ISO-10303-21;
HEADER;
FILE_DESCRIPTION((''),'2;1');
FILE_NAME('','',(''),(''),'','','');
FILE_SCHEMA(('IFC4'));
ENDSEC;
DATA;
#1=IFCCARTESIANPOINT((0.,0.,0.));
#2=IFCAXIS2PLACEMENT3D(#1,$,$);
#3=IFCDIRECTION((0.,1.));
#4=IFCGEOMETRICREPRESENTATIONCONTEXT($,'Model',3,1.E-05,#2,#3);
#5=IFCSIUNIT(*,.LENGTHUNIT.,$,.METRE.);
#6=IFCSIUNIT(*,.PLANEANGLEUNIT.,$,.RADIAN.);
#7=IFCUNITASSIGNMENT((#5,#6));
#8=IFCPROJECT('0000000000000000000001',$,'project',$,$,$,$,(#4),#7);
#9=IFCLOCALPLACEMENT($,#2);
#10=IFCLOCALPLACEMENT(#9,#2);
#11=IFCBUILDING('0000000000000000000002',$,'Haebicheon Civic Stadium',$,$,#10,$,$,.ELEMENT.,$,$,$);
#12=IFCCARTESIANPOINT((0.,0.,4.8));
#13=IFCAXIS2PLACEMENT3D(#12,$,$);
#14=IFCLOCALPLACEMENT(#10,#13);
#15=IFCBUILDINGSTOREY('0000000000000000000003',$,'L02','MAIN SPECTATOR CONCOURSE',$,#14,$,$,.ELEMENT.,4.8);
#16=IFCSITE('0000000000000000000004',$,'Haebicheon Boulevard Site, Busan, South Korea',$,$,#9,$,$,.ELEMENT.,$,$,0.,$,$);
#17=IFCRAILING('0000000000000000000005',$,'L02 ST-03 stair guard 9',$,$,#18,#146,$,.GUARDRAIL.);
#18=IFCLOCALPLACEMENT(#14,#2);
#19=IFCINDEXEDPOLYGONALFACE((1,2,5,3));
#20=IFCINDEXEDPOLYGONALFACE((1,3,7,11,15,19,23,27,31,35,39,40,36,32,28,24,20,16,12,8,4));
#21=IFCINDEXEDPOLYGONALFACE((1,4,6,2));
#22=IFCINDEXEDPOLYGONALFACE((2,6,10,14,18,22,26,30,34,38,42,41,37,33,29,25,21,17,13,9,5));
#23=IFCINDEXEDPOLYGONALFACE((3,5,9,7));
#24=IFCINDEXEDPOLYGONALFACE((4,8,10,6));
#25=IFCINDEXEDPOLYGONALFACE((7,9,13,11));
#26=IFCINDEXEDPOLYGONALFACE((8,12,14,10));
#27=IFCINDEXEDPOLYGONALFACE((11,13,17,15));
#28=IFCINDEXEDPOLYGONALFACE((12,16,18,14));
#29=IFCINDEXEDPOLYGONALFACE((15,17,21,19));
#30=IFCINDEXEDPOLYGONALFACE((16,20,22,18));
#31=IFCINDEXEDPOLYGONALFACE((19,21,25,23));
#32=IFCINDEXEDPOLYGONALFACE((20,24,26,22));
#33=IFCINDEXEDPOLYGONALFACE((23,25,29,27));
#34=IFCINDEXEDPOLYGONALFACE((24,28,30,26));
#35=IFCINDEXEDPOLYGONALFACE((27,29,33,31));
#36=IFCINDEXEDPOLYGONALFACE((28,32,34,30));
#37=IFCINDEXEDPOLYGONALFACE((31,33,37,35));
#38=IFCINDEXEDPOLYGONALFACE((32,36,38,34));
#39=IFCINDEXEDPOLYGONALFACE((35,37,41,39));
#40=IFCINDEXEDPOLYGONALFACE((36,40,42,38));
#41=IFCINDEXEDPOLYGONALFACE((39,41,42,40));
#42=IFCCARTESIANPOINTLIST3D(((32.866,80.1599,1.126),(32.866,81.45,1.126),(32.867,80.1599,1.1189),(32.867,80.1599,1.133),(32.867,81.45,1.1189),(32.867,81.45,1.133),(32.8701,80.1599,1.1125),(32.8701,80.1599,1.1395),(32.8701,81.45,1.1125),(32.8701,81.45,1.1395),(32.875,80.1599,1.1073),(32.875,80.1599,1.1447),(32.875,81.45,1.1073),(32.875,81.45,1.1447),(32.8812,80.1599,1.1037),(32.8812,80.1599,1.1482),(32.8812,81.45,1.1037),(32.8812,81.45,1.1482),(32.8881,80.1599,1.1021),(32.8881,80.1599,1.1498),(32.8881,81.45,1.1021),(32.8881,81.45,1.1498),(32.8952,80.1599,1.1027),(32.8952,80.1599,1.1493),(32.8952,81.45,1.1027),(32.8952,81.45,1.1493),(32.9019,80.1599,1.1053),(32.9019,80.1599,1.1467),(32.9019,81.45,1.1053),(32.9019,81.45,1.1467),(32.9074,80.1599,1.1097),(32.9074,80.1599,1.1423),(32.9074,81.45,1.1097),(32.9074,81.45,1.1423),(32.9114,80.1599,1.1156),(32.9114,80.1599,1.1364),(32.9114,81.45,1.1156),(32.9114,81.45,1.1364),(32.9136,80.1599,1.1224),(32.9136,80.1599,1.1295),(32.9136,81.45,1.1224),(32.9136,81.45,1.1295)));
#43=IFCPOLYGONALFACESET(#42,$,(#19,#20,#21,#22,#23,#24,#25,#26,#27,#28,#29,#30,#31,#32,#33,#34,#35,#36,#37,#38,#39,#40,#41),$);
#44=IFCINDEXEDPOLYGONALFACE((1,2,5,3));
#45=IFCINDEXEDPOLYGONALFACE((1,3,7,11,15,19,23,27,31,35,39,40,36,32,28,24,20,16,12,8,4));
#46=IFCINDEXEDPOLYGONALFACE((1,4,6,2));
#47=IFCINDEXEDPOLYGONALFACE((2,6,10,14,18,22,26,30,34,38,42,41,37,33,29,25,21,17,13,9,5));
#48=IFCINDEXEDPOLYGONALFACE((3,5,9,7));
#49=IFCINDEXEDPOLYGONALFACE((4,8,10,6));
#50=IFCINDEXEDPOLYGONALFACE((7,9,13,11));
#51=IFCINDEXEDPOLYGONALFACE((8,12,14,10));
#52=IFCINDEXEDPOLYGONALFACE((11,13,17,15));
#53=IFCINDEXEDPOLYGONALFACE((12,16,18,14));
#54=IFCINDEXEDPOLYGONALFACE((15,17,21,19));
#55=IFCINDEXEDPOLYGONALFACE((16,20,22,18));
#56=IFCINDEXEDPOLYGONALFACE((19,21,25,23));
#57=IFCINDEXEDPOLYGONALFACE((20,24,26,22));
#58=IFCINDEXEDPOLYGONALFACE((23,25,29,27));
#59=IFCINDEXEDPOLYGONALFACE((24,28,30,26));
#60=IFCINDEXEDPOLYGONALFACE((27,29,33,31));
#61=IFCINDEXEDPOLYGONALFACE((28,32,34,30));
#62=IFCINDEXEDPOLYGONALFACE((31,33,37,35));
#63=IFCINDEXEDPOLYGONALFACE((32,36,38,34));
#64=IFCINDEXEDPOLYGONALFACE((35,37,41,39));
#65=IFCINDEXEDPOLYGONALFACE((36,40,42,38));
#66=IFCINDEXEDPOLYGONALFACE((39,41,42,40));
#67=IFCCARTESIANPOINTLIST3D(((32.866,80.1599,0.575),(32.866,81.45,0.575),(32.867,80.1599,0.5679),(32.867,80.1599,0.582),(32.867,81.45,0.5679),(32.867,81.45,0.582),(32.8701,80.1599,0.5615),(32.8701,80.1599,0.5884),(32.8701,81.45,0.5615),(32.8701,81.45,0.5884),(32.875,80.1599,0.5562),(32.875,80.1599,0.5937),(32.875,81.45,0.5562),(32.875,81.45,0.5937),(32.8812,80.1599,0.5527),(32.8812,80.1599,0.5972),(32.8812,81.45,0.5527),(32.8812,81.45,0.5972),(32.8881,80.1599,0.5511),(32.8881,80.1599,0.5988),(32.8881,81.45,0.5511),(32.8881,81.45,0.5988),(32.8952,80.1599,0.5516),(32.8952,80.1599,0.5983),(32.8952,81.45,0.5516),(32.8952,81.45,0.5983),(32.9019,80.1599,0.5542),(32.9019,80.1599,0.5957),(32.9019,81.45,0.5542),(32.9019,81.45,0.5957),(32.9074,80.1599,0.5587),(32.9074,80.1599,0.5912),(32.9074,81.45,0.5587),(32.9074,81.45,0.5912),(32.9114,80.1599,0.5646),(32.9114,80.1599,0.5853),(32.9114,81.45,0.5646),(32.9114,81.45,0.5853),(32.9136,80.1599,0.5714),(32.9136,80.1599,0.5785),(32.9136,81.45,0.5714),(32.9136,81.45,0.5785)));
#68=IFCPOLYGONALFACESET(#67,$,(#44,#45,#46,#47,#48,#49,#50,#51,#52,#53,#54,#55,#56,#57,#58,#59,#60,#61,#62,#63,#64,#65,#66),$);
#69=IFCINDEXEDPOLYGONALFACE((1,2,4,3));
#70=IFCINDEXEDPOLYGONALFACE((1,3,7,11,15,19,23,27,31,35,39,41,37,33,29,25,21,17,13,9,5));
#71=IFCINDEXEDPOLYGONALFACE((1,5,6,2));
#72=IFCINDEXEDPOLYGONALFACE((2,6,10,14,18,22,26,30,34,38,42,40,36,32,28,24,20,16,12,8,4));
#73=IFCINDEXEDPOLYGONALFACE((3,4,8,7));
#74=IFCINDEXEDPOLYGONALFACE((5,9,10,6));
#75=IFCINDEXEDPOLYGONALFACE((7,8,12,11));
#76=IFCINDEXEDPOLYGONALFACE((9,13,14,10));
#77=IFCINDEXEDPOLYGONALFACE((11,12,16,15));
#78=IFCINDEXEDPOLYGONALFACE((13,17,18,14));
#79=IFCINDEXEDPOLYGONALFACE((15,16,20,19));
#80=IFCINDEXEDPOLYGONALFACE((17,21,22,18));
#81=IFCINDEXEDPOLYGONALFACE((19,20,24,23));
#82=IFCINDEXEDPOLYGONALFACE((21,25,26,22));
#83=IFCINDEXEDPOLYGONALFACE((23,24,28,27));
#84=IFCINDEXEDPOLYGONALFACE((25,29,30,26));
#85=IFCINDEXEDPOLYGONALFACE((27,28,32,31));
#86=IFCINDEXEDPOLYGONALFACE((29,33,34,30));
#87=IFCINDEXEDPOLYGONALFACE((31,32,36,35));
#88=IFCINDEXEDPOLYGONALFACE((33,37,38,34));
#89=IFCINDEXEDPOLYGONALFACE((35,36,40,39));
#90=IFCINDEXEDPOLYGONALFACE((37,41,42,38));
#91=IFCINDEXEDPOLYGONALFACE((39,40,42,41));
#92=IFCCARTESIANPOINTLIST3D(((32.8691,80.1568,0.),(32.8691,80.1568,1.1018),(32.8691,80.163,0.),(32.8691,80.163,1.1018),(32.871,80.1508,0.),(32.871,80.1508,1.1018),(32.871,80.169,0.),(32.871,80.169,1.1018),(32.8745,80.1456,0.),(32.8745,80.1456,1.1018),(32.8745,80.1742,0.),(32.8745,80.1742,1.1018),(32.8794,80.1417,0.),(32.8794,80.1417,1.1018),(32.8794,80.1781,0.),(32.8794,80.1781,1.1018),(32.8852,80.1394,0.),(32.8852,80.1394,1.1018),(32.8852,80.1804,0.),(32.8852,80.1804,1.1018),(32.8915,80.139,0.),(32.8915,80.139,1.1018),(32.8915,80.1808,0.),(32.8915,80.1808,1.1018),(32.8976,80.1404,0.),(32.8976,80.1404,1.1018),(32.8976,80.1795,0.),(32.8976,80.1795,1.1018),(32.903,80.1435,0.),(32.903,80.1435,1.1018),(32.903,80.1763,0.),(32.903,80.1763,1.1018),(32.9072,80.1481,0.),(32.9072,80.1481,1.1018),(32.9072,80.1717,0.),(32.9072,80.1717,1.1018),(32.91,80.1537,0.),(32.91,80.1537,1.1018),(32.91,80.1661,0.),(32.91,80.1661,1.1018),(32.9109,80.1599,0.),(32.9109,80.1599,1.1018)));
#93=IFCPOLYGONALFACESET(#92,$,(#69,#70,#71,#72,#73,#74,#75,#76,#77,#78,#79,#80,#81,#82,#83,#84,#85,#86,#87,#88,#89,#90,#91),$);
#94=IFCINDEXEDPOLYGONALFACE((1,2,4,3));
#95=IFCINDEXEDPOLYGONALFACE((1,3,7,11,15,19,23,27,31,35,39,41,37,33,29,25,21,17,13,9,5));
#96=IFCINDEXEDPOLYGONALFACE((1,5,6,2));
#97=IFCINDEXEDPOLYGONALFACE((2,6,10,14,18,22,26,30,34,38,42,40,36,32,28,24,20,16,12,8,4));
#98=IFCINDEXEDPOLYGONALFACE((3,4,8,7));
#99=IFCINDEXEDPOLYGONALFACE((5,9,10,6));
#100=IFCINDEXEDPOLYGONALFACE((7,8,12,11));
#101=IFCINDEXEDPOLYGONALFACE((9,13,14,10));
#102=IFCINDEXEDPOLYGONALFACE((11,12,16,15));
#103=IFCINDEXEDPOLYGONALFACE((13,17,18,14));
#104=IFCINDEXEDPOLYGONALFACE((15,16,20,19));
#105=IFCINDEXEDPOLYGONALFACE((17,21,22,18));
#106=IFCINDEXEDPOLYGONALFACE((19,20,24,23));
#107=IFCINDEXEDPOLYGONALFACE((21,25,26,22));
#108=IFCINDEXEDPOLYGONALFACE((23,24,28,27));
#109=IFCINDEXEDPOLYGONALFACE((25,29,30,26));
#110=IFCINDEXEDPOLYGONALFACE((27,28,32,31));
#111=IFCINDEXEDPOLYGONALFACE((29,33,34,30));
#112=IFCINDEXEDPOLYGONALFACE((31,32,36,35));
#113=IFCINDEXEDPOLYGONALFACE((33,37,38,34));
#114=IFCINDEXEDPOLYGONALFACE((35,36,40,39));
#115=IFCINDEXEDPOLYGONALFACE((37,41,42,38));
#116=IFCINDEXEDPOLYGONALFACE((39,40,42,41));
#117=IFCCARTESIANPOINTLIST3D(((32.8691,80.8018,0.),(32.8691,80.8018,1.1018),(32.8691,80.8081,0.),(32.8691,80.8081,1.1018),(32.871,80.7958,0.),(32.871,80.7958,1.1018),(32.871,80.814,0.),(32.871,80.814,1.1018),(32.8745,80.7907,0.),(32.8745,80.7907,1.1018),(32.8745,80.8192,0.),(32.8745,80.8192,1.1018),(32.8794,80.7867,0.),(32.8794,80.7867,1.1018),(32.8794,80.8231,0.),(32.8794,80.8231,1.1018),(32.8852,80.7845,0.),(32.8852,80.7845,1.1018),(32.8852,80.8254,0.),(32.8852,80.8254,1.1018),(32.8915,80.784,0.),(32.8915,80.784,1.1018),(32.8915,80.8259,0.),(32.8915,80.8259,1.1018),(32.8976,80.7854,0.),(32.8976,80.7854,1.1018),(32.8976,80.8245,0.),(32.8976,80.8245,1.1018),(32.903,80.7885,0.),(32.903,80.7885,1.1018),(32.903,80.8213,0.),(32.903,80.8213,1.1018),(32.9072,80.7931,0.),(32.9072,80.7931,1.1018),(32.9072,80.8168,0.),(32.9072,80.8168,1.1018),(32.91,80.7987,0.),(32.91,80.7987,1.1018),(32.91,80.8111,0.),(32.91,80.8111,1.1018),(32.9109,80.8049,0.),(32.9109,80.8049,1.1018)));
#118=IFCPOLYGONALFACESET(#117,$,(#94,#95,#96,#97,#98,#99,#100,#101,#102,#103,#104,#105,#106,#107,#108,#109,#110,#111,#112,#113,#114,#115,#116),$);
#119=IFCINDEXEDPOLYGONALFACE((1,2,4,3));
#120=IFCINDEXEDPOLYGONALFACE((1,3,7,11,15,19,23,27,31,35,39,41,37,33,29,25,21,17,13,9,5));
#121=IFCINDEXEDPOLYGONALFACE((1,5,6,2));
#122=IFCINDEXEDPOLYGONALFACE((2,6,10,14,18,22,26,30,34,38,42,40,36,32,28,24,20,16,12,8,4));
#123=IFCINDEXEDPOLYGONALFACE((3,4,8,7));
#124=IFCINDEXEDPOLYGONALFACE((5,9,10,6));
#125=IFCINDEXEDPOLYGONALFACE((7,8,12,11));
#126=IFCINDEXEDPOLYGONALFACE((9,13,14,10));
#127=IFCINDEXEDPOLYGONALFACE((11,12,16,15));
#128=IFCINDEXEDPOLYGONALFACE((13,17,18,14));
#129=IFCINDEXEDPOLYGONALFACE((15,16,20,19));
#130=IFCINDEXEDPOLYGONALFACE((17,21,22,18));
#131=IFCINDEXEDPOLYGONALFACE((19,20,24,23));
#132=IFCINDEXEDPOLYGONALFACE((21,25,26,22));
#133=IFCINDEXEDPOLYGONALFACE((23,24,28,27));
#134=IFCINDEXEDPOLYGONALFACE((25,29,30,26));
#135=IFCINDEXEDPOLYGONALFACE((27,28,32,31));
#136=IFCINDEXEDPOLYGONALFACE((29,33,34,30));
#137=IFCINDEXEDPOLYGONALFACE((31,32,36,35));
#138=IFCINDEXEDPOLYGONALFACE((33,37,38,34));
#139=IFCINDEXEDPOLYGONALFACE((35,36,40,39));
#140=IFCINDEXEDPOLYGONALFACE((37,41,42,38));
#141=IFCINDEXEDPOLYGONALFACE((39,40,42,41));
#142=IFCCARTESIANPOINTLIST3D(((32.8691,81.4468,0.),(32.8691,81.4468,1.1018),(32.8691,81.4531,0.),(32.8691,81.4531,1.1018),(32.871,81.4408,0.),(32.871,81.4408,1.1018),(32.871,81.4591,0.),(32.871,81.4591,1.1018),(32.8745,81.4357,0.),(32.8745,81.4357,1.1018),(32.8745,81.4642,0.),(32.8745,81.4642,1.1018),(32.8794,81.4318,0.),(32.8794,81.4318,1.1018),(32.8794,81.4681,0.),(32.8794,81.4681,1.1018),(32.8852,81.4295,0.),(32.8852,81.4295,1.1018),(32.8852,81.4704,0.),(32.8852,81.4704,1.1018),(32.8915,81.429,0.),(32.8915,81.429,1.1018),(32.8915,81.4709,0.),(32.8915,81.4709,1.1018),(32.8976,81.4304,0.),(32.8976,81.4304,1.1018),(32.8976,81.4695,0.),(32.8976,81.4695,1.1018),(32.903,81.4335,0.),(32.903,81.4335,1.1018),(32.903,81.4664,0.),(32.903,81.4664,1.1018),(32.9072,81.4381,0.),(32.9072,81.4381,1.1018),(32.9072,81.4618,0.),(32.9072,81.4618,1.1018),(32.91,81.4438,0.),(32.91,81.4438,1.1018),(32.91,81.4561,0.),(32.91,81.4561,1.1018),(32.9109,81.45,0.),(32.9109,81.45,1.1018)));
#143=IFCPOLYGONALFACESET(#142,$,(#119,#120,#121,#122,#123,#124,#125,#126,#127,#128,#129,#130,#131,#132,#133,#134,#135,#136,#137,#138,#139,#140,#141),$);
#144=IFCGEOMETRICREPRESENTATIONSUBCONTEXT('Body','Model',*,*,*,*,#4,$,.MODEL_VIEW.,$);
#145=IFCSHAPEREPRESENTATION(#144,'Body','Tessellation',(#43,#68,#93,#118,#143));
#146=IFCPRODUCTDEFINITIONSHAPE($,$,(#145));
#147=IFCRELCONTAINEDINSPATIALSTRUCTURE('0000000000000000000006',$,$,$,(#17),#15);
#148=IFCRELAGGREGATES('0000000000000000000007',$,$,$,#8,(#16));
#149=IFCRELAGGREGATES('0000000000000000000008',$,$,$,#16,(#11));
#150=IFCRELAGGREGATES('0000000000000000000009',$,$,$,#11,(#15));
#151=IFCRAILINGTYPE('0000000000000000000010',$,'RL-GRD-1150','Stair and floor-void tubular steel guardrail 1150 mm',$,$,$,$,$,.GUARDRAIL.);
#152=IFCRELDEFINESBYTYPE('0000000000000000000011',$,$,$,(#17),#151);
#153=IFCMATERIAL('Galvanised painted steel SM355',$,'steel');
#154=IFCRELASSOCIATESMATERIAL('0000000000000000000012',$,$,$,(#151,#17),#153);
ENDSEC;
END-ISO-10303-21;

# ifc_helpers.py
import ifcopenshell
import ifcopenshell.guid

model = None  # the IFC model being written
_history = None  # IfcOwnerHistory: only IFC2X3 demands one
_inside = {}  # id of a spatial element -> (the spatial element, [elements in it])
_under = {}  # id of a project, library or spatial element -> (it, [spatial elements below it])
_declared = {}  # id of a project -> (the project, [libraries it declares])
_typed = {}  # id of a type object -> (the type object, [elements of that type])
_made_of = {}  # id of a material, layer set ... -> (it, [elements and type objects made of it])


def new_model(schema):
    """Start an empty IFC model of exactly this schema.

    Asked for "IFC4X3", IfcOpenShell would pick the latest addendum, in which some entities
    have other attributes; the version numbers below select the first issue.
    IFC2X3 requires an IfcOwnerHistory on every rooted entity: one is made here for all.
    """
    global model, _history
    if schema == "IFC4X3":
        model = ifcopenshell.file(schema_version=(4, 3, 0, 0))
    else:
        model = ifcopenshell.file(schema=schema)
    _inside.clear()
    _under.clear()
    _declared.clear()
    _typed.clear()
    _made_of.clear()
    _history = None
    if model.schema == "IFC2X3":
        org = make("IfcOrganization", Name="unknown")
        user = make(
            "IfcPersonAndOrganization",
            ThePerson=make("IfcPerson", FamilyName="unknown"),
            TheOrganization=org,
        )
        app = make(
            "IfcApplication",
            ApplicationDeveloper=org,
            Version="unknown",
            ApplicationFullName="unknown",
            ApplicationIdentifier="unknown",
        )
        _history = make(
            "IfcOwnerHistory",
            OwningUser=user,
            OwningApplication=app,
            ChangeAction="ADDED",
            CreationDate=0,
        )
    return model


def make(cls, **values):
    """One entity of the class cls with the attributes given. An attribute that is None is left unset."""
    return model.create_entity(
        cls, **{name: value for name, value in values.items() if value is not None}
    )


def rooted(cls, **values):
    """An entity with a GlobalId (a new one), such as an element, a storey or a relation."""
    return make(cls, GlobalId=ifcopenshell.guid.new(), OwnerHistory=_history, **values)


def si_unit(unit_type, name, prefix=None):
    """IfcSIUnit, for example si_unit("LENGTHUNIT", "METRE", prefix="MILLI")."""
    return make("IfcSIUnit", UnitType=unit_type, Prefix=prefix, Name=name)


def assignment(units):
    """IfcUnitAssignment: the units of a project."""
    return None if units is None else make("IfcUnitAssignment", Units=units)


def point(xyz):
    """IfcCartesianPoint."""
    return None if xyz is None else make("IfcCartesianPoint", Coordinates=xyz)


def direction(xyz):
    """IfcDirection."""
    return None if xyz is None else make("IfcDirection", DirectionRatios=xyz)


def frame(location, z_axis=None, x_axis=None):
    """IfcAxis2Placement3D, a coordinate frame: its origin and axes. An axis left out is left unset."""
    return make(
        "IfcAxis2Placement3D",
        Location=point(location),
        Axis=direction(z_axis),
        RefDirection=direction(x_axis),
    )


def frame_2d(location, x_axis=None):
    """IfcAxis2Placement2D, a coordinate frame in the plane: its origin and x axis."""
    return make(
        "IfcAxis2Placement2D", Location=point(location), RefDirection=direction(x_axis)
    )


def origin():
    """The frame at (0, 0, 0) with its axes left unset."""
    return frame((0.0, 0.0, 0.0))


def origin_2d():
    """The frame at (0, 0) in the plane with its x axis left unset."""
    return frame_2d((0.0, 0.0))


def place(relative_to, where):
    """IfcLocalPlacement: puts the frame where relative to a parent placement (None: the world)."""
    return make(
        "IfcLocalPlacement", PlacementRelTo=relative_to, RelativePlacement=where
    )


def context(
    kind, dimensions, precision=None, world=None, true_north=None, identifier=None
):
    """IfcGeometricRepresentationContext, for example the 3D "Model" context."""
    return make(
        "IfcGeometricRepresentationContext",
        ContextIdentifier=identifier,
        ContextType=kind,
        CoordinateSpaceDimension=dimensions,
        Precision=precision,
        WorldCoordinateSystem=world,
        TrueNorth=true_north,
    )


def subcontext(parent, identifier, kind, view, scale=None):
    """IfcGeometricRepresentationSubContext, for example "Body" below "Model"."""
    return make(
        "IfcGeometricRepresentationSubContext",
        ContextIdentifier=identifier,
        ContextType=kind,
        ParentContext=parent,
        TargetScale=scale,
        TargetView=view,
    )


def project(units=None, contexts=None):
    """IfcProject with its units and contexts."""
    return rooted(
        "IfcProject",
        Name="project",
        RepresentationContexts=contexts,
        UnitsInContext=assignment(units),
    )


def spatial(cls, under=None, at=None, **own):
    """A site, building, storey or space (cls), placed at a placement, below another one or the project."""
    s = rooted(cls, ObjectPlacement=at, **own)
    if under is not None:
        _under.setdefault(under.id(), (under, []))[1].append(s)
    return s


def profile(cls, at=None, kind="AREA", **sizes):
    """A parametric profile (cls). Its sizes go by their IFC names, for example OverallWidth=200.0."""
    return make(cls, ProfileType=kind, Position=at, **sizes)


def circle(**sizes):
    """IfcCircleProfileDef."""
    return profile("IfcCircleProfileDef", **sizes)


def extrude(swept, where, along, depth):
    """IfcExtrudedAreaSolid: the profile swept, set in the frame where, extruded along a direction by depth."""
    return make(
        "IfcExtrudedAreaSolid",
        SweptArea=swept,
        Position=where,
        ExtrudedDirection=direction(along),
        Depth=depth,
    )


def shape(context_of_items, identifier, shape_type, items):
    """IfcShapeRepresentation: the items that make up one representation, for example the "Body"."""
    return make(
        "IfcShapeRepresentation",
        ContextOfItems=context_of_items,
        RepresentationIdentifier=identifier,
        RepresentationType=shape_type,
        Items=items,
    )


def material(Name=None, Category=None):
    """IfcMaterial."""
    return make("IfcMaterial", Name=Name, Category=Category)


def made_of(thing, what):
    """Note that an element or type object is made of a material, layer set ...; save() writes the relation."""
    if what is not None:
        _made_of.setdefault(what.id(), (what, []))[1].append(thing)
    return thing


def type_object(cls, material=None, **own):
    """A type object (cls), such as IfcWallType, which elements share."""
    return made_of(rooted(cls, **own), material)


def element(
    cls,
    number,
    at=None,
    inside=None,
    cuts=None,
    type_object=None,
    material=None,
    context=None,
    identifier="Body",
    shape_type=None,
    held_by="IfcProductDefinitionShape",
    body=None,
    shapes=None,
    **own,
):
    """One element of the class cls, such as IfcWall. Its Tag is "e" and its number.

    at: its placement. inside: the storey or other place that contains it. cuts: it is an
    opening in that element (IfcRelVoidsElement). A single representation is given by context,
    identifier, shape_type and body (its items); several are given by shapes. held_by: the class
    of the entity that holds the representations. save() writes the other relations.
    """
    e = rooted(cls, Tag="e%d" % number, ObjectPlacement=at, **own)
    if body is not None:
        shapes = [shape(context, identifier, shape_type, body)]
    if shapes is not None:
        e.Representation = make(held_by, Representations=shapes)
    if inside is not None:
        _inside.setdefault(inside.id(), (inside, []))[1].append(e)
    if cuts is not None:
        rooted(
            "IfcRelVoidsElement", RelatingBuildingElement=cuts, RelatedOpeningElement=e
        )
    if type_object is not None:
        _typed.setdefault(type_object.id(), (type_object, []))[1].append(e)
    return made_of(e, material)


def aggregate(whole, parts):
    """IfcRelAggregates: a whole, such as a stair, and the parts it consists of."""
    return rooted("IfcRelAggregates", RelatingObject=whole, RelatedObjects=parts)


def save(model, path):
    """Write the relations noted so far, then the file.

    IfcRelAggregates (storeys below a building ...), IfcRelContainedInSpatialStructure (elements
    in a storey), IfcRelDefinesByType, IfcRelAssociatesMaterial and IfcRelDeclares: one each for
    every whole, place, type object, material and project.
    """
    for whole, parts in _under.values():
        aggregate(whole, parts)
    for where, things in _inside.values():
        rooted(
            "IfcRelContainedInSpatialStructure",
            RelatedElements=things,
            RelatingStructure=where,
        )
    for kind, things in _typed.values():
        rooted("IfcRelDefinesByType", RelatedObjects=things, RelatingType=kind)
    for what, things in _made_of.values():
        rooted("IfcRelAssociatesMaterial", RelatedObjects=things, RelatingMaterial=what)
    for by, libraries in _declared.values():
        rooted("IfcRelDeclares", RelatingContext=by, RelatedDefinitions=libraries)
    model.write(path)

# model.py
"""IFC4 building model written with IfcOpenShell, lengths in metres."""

from ifc_helpers import new_model, si_unit, direction, frame, origin, origin_2d, place, context, subcontext, project, spatial, circle, extrude, material, type_object, element, save


model = new_model("IFC4")

# Units and contexts
model_context = context("Model", 3, precision=1e-05, world=origin(), true_north=direction((0.0, 1.0)))
body_context = subcontext(model_context, "Body", "Model", "MODEL_VIEW")
ifc_project = project(units=[si_unit("LENGTHUNIT", "METRE"), si_unit("PLANEANGLEUNIT", "RADIAN")], contexts=[model_context])

# Site, building, storey
site_placement = place(None, origin())
site = spatial("IfcSite", under=ifc_project, at=site_placement, Name="Haebicheon Boulevard Site, Busan, South Korea", CompositionType="ELEMENT", RefElevation=0.0)
building_placement = place(site_placement, origin())
building = spatial("IfcBuilding", under=site, at=building_placement, Name="Haebicheon Civic Stadium", CompositionType="ELEMENT")
storey_placement = place(building_placement, frame((0.0, 0.0, 4.8)))
storey = spatial("IfcBuildingStorey", under=building, at=storey_placement, Name="L02", Description="MAIN SPECTATOR CONCOURSE", CompositionType="ELEMENT", Elevation=4.8)

# Railing
ifc_material_1 = material(Name="Galvanised painted steel SM355", Category="steel")
railing_type = type_object("IfcRailingType", Name="RL-GRD-1150", Description="Stair and floor-void tubular steel guardrail 1150 mm", PredefinedType="GUARDRAIL", material=ifc_material_1)
railing_1_placement = place(storey_placement, frame((32.8899, 80.1599, 0.0)))
element("IfcRailing", 1, at=railing_1_placement, inside=storey, type_object=railing_type, material=ifc_material_1, Name="L02 ST-03 stair guard 9", PredefinedType="GUARDRAIL", context=body_context, shape_type="SweptSolid", body=[
    extrude(circle(Radius=0.0239, at=origin_2d()), frame((0.0, 0.0, 1.126), z_axis=(0.0, 1.0, 0.0), x_axis=(-1.0, 0.0, 0.0)), (0.0, 0.0, 1.0), 1.29),
    extrude(circle(Radius=0.0239, at=origin_2d()), frame((0.0, 0.0, 0.575), z_axis=(0.0, 1.0, 0.0), x_axis=(-1.0, 0.0, 0.0)), (0.0, 0.0, 1.0), 1.29),
    extrude(circle(Radius=0.021, at=origin_2d()), origin(), (0.0, 0.0, 1.0), 1.1018),
    extrude(circle(Radius=0.021, at=origin_2d()), frame((0.0, 0.645, 0.0)), (0.0, 0.0, 1.0), 1.1018),
    extrude(circle(Radius=0.021, at=origin_2d()), frame((0.0, 1.29, 0.0)), (0.0, 0.0, 1.0), 1.1018),
])

save(model, "model.ifc")
